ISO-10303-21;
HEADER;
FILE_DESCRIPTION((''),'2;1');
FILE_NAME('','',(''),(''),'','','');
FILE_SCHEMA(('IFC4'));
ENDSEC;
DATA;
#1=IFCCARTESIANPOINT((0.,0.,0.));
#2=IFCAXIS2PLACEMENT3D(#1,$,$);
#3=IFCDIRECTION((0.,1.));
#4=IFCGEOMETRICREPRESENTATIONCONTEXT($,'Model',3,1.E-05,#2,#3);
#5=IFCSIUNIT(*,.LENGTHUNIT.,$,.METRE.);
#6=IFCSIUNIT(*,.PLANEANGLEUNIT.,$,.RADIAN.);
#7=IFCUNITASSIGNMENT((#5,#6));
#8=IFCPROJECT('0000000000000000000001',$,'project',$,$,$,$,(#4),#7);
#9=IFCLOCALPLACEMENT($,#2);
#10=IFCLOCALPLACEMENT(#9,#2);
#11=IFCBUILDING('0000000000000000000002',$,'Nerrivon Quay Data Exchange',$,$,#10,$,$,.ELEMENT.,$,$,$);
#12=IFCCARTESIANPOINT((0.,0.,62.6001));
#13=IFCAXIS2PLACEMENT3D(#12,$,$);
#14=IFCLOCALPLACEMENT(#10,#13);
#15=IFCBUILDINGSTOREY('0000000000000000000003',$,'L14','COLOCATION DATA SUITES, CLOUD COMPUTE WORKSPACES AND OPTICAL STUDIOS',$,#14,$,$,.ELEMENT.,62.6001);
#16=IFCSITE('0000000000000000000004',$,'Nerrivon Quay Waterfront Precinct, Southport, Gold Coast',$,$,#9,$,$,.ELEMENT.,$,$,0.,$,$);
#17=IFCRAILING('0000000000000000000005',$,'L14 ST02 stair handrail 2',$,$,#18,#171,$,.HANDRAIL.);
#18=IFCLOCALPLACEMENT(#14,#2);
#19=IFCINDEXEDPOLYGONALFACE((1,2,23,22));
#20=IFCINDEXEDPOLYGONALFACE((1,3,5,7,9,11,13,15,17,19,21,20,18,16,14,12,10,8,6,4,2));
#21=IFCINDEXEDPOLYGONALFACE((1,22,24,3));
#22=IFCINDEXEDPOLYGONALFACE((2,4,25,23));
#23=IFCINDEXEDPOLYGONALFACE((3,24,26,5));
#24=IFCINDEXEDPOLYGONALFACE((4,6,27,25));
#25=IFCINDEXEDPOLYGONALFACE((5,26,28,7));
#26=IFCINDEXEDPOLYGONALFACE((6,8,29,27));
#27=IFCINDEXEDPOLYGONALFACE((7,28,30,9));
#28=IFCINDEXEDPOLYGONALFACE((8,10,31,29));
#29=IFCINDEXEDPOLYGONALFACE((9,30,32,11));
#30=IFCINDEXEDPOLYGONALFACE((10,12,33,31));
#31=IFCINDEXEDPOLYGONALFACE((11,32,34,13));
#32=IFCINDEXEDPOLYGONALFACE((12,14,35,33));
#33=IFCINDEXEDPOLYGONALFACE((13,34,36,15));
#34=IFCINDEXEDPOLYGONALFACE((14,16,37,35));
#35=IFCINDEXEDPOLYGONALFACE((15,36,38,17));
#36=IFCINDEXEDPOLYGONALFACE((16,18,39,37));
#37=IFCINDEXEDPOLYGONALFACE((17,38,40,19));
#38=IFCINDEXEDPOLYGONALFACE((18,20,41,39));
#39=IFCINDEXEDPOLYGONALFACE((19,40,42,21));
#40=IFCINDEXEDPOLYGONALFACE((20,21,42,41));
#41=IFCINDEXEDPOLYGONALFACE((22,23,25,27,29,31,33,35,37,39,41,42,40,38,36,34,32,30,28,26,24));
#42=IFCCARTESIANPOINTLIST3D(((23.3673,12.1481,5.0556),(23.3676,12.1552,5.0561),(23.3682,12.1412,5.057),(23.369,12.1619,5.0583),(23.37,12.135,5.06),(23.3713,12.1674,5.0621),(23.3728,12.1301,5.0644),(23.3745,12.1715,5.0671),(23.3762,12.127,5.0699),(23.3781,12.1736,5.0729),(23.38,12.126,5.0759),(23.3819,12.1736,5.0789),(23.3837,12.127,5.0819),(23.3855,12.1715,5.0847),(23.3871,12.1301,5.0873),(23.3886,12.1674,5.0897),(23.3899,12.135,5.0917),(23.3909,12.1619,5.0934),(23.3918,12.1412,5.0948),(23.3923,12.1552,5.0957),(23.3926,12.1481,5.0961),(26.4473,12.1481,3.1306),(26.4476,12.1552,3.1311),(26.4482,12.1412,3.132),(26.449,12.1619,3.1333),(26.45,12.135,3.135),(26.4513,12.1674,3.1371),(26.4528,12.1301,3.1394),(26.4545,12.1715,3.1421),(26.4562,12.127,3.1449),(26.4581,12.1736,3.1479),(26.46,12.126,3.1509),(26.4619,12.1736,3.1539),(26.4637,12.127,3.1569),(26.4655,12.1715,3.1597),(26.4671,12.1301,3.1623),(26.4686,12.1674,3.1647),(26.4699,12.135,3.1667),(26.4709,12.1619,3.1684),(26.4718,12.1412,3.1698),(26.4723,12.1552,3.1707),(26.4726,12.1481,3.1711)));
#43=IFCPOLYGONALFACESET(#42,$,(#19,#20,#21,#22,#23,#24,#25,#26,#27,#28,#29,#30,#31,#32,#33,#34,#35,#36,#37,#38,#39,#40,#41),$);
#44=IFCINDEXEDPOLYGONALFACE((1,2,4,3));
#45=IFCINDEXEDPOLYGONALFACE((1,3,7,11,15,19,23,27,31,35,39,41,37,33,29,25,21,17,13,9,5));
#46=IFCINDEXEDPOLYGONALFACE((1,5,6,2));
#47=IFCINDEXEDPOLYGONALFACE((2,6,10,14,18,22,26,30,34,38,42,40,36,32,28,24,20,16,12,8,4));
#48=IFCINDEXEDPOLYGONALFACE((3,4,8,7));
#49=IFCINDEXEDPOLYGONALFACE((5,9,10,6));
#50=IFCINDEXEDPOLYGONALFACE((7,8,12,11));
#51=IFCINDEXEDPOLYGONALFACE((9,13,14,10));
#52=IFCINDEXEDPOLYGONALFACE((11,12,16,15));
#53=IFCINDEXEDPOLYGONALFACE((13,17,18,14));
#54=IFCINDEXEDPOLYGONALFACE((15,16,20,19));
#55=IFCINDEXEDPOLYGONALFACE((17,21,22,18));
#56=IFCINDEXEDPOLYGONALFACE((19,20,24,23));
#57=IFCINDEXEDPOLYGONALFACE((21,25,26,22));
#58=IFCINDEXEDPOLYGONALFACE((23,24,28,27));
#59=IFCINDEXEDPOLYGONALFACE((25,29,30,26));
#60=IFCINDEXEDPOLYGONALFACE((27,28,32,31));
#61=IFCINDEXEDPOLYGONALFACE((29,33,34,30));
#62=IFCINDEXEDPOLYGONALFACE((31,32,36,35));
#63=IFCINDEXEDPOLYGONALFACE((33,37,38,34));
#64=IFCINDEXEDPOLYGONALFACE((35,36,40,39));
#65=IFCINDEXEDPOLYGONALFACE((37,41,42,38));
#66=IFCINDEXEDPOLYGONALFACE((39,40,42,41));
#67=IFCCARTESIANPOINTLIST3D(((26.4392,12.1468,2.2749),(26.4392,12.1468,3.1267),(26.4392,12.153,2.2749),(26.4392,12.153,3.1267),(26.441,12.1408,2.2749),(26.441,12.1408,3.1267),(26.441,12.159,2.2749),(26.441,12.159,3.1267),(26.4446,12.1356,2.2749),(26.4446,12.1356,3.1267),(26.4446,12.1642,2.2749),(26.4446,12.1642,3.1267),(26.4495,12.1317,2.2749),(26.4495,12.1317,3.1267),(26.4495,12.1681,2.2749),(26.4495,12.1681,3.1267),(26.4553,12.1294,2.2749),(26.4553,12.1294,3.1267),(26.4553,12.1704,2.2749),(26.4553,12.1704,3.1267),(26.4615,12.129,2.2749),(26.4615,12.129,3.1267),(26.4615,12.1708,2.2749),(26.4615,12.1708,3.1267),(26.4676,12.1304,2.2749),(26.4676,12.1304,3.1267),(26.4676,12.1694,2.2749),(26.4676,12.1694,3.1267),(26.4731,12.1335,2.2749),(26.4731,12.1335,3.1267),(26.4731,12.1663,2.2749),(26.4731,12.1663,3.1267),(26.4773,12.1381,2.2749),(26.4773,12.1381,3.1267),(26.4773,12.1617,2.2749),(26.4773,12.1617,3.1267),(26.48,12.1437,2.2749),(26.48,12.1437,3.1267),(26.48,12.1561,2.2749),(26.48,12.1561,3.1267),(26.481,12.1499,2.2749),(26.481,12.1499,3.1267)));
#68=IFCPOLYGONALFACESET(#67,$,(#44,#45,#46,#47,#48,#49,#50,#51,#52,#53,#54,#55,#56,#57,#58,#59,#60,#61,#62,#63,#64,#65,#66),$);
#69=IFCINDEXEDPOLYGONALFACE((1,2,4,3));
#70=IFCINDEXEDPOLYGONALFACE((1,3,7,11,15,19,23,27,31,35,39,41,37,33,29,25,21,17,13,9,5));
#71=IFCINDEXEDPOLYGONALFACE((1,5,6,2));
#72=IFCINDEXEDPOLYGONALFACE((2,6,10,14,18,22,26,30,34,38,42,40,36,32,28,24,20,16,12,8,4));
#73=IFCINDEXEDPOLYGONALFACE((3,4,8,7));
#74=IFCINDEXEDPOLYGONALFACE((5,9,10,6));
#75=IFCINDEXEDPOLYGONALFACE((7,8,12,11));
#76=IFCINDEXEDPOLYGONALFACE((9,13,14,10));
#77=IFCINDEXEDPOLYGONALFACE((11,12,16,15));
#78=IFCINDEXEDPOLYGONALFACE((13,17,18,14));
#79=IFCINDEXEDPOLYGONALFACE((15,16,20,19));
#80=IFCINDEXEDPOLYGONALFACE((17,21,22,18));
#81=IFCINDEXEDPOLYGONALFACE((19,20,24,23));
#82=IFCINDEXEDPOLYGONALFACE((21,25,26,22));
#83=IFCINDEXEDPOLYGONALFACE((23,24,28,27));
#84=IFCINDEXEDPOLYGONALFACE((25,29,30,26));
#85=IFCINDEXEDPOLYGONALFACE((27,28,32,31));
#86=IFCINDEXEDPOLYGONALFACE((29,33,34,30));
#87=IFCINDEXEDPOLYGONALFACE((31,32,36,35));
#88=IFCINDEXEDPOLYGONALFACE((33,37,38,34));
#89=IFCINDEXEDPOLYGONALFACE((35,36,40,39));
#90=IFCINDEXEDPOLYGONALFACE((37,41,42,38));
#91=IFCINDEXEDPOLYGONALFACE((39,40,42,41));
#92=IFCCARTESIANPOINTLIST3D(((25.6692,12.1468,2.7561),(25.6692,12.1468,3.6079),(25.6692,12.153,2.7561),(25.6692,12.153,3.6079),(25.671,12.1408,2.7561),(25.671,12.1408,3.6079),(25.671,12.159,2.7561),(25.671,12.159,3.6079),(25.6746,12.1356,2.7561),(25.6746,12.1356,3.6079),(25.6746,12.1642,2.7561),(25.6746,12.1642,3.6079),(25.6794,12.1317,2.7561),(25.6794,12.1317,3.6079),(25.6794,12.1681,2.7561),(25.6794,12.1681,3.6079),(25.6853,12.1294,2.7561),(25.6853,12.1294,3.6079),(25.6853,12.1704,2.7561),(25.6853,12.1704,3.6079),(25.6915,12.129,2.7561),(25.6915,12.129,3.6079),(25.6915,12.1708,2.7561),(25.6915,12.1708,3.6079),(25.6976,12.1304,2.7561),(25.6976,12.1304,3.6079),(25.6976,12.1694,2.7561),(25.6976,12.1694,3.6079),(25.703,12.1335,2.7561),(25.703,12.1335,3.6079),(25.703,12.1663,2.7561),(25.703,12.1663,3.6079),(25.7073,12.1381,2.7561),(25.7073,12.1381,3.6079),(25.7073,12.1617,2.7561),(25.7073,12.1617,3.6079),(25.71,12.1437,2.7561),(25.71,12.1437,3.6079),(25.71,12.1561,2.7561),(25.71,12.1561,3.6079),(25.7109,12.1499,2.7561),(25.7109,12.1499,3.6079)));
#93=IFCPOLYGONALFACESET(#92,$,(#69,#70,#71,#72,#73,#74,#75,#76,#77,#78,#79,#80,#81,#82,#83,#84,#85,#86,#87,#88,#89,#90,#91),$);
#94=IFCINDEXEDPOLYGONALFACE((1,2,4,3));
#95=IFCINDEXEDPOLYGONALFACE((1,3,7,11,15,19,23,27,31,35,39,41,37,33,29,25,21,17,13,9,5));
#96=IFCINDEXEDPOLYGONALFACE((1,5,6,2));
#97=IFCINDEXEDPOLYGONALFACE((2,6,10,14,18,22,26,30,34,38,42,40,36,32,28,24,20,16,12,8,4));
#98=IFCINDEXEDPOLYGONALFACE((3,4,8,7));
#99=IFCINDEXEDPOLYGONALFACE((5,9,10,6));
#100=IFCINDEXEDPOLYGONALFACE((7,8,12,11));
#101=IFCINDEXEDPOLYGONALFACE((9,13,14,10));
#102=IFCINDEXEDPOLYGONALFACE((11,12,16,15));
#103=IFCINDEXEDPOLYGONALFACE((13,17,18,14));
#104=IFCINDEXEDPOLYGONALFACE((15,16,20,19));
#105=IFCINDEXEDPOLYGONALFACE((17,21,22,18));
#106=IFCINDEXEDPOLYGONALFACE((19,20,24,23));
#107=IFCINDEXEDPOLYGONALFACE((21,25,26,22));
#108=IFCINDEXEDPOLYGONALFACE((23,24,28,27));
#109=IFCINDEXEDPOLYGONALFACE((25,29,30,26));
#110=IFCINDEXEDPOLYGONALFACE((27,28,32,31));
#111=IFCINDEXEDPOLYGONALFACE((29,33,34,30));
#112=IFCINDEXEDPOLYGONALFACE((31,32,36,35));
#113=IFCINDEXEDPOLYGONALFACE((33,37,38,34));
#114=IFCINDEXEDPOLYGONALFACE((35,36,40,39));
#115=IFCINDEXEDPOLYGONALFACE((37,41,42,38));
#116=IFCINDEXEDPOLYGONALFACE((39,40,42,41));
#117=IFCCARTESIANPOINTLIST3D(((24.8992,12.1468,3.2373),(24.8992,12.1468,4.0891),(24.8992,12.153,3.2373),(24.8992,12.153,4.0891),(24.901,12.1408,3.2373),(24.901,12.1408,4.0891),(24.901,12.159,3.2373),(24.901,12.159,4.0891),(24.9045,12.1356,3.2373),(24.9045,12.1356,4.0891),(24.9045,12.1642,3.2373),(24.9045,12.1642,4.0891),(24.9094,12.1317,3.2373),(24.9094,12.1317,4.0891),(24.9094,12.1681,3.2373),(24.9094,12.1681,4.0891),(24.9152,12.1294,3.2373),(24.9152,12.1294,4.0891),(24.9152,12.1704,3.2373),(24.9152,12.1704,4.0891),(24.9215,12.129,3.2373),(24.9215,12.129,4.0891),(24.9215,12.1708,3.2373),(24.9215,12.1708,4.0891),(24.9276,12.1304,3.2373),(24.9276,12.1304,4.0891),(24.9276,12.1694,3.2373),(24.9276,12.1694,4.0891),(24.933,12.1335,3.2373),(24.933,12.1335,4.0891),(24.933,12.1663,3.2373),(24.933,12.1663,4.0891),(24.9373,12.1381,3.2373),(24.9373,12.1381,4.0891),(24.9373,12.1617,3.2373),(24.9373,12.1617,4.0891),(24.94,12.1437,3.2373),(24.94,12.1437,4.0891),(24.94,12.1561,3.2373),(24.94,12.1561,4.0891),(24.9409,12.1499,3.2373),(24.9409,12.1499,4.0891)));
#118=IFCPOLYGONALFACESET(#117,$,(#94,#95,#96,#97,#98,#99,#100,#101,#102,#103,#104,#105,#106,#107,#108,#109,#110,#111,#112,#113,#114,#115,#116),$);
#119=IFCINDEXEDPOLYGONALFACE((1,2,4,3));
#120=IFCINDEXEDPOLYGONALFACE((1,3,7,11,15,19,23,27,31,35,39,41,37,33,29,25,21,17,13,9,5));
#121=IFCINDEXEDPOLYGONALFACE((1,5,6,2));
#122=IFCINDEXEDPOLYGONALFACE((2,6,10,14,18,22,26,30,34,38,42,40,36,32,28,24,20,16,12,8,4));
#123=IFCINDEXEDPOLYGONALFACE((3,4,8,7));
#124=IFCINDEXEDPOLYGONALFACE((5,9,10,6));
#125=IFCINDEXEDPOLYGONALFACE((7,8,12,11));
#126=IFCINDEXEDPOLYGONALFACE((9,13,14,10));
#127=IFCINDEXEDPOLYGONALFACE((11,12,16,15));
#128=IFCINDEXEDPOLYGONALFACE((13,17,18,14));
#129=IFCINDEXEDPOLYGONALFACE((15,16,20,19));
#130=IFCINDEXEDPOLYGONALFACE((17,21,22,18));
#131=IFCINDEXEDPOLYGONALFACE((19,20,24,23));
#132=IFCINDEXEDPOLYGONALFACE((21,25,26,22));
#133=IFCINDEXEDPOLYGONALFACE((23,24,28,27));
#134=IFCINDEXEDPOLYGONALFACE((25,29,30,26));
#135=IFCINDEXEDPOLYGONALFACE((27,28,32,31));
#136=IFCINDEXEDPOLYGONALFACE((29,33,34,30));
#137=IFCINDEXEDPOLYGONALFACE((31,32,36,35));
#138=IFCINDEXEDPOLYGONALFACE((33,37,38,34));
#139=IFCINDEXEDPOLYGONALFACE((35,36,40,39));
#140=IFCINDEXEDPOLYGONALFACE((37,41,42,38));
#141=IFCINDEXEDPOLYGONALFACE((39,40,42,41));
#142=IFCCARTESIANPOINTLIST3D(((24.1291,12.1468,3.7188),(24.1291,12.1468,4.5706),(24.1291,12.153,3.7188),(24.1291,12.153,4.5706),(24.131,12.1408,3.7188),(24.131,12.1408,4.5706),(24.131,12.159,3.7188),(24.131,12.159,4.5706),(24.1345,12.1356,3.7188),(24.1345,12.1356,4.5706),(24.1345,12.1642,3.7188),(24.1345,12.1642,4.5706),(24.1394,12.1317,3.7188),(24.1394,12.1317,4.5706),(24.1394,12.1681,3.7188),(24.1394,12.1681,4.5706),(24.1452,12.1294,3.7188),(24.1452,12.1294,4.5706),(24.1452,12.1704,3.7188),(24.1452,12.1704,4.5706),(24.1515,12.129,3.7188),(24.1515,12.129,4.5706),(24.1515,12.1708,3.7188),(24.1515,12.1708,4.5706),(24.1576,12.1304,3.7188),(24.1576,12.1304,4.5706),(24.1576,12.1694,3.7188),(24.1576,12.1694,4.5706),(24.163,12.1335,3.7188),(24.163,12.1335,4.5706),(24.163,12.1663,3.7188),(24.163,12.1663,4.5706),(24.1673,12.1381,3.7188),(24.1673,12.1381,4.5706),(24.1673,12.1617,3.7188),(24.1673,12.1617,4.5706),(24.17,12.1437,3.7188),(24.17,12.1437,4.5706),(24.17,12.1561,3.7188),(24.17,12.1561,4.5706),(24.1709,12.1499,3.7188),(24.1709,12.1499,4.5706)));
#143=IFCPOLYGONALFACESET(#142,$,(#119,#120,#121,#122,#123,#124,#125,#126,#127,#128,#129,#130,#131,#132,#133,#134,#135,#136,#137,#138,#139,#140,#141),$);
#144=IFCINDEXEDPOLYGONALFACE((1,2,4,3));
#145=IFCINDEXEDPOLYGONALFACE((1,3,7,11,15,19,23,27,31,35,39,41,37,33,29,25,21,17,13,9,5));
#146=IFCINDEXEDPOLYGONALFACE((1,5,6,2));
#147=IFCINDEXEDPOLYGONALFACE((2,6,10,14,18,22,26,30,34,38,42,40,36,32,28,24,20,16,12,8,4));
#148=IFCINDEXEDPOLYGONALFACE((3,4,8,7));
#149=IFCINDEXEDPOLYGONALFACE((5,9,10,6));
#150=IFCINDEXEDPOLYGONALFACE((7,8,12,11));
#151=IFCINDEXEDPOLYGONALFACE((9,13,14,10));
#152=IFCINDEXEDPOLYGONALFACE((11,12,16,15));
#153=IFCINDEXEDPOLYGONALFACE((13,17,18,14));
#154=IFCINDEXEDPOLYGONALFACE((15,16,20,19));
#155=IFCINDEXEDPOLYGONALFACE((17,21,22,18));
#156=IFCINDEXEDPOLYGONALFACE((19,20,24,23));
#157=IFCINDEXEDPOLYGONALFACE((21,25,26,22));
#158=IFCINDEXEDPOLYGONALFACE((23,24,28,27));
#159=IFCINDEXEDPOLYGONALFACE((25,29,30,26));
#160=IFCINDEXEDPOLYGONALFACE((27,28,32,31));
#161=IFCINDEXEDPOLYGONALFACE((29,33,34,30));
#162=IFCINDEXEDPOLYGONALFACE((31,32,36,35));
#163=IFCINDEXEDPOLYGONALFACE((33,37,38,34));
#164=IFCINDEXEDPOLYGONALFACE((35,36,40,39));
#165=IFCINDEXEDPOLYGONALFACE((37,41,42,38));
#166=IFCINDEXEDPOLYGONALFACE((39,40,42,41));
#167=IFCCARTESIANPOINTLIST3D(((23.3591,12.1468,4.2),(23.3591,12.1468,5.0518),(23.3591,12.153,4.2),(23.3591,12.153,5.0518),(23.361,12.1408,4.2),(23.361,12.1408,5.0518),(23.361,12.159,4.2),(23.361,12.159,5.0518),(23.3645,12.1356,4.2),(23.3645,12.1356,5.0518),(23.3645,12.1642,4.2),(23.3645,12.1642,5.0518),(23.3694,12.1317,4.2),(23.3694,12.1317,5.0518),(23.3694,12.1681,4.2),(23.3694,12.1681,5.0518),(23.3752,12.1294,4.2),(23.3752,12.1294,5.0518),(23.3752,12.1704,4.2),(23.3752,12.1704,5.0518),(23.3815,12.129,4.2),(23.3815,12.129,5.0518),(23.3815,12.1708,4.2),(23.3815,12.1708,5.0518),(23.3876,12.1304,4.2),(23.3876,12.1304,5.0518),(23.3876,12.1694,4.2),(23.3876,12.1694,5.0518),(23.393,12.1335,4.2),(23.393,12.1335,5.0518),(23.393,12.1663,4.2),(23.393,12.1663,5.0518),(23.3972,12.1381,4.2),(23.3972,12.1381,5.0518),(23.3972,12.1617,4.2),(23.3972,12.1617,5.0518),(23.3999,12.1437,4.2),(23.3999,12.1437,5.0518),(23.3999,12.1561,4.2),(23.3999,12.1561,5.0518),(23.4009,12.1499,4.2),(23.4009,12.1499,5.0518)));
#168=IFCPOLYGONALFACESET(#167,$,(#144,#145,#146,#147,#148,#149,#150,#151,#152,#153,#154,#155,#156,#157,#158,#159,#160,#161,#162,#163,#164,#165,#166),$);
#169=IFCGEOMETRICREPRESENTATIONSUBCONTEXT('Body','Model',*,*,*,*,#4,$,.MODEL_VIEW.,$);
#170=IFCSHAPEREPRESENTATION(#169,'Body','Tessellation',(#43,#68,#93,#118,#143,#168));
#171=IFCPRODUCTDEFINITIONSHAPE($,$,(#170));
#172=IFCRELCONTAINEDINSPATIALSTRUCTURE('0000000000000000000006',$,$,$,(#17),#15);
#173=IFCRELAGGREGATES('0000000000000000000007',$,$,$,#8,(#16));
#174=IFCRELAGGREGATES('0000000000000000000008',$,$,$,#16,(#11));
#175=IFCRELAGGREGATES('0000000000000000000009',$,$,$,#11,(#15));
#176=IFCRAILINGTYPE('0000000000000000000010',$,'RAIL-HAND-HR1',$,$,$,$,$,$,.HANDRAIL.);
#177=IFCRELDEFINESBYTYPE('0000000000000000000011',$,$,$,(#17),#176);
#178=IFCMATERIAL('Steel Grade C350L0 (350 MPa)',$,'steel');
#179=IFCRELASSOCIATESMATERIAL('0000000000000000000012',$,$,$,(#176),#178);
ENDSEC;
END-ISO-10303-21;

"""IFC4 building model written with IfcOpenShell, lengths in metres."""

from ifc_helpers import new_model, si_unit, direction, frame, origin, origin_2d, place, context, subcontext, project, spatial, circle, extrude, material, type_object, element, save


model = new_model("IFC4")

# Units and contexts
model_context = context("Model", 3, precision=1e-05, world=origin(), true_north=direction((0.0, 1.0)))
body_context = subcontext(model_context, "Body", "Model", "MODEL_VIEW")
ifc_project = project(units=[si_unit("LENGTHUNIT", "METRE"), si_unit("PLANEANGLEUNIT", "RADIAN")], contexts=[model_context])

# Site, building, storey
site_placement = place(None, origin())
site = spatial("IfcSite", under=ifc_project, at=site_placement, Name="Nerrivon Quay Waterfront Precinct, Southport, Gold Coast", CompositionType="ELEMENT", RefElevation=0.0)
building_placement = place(site_placement, origin())
building = spatial("IfcBuilding", under=site, at=building_placement, Name="Nerrivon Quay Data Exchange", CompositionType="ELEMENT")
storey_placement = place(building_placement, frame((0.0, 0.0, 62.6001)))
storey = spatial("IfcBuildingStorey", under=building, at=storey_placement, Name="L14", Description="COLOCATION DATA SUITES, CLOUD COMPUTE WORKSPACES AND OPTICAL STUDIOS", CompositionType="ELEMENT", Elevation=62.6001)

# Railing
ifc_material_1 = material(Name="Steel Grade C350L0 (350 MPa)", Category="steel")
railing_type_1 = type_object("IfcRailingType", Name="RAIL-HAND-HR1", PredefinedType="HANDRAIL", material=ifc_material_1)
railing_1_placement = place(storey_placement, frame((26.46, 12.1499, 2.2749)))
element("IfcRailing", 1, at=railing_1_placement, inside=storey, type_object=railing_type_1, Name="L14 ST02 stair handrail 2", PredefinedType="HANDRAIL", context=body_context, shape_type="SweptSolid", body=[
    extrude(circle(Radius=0.0239, at=origin_2d()), frame((0.0, 0.0, 0.876), z_axis=(-0.847998, 0.0, 0.529999), x_axis=(0.0, -1.0, 0.0)), (0.0, 0.0, 1.0), 3.6321),
    extrude(circle(Radius=0.021, at=origin_2d()), origin(), (0.0, 0.0, 1.0), 0.8518),
    extrude(circle(Radius=0.021, at=origin_2d()), frame((-0.77, 0.0, 0.4812)), (0.0, 0.0, 1.0), 0.8518),
    extrude(circle(Radius=0.021, at=origin_2d()), frame((-1.54, 0.0, 0.9624)), (0.0, 0.0, 1.0), 0.8518),
    extrude(circle(Radius=0.021, at=origin_2d()), frame((-2.3101, 0.0, 1.4438)), (0.0, 0.0, 1.0), 0.8518),
    extrude(circle(Radius=0.021, at=origin_2d()), frame((-3.0801, 0.0, 1.925)), (0.0, 0.0, 1.0), 0.8518),
])

save(model, "model.ifc")
